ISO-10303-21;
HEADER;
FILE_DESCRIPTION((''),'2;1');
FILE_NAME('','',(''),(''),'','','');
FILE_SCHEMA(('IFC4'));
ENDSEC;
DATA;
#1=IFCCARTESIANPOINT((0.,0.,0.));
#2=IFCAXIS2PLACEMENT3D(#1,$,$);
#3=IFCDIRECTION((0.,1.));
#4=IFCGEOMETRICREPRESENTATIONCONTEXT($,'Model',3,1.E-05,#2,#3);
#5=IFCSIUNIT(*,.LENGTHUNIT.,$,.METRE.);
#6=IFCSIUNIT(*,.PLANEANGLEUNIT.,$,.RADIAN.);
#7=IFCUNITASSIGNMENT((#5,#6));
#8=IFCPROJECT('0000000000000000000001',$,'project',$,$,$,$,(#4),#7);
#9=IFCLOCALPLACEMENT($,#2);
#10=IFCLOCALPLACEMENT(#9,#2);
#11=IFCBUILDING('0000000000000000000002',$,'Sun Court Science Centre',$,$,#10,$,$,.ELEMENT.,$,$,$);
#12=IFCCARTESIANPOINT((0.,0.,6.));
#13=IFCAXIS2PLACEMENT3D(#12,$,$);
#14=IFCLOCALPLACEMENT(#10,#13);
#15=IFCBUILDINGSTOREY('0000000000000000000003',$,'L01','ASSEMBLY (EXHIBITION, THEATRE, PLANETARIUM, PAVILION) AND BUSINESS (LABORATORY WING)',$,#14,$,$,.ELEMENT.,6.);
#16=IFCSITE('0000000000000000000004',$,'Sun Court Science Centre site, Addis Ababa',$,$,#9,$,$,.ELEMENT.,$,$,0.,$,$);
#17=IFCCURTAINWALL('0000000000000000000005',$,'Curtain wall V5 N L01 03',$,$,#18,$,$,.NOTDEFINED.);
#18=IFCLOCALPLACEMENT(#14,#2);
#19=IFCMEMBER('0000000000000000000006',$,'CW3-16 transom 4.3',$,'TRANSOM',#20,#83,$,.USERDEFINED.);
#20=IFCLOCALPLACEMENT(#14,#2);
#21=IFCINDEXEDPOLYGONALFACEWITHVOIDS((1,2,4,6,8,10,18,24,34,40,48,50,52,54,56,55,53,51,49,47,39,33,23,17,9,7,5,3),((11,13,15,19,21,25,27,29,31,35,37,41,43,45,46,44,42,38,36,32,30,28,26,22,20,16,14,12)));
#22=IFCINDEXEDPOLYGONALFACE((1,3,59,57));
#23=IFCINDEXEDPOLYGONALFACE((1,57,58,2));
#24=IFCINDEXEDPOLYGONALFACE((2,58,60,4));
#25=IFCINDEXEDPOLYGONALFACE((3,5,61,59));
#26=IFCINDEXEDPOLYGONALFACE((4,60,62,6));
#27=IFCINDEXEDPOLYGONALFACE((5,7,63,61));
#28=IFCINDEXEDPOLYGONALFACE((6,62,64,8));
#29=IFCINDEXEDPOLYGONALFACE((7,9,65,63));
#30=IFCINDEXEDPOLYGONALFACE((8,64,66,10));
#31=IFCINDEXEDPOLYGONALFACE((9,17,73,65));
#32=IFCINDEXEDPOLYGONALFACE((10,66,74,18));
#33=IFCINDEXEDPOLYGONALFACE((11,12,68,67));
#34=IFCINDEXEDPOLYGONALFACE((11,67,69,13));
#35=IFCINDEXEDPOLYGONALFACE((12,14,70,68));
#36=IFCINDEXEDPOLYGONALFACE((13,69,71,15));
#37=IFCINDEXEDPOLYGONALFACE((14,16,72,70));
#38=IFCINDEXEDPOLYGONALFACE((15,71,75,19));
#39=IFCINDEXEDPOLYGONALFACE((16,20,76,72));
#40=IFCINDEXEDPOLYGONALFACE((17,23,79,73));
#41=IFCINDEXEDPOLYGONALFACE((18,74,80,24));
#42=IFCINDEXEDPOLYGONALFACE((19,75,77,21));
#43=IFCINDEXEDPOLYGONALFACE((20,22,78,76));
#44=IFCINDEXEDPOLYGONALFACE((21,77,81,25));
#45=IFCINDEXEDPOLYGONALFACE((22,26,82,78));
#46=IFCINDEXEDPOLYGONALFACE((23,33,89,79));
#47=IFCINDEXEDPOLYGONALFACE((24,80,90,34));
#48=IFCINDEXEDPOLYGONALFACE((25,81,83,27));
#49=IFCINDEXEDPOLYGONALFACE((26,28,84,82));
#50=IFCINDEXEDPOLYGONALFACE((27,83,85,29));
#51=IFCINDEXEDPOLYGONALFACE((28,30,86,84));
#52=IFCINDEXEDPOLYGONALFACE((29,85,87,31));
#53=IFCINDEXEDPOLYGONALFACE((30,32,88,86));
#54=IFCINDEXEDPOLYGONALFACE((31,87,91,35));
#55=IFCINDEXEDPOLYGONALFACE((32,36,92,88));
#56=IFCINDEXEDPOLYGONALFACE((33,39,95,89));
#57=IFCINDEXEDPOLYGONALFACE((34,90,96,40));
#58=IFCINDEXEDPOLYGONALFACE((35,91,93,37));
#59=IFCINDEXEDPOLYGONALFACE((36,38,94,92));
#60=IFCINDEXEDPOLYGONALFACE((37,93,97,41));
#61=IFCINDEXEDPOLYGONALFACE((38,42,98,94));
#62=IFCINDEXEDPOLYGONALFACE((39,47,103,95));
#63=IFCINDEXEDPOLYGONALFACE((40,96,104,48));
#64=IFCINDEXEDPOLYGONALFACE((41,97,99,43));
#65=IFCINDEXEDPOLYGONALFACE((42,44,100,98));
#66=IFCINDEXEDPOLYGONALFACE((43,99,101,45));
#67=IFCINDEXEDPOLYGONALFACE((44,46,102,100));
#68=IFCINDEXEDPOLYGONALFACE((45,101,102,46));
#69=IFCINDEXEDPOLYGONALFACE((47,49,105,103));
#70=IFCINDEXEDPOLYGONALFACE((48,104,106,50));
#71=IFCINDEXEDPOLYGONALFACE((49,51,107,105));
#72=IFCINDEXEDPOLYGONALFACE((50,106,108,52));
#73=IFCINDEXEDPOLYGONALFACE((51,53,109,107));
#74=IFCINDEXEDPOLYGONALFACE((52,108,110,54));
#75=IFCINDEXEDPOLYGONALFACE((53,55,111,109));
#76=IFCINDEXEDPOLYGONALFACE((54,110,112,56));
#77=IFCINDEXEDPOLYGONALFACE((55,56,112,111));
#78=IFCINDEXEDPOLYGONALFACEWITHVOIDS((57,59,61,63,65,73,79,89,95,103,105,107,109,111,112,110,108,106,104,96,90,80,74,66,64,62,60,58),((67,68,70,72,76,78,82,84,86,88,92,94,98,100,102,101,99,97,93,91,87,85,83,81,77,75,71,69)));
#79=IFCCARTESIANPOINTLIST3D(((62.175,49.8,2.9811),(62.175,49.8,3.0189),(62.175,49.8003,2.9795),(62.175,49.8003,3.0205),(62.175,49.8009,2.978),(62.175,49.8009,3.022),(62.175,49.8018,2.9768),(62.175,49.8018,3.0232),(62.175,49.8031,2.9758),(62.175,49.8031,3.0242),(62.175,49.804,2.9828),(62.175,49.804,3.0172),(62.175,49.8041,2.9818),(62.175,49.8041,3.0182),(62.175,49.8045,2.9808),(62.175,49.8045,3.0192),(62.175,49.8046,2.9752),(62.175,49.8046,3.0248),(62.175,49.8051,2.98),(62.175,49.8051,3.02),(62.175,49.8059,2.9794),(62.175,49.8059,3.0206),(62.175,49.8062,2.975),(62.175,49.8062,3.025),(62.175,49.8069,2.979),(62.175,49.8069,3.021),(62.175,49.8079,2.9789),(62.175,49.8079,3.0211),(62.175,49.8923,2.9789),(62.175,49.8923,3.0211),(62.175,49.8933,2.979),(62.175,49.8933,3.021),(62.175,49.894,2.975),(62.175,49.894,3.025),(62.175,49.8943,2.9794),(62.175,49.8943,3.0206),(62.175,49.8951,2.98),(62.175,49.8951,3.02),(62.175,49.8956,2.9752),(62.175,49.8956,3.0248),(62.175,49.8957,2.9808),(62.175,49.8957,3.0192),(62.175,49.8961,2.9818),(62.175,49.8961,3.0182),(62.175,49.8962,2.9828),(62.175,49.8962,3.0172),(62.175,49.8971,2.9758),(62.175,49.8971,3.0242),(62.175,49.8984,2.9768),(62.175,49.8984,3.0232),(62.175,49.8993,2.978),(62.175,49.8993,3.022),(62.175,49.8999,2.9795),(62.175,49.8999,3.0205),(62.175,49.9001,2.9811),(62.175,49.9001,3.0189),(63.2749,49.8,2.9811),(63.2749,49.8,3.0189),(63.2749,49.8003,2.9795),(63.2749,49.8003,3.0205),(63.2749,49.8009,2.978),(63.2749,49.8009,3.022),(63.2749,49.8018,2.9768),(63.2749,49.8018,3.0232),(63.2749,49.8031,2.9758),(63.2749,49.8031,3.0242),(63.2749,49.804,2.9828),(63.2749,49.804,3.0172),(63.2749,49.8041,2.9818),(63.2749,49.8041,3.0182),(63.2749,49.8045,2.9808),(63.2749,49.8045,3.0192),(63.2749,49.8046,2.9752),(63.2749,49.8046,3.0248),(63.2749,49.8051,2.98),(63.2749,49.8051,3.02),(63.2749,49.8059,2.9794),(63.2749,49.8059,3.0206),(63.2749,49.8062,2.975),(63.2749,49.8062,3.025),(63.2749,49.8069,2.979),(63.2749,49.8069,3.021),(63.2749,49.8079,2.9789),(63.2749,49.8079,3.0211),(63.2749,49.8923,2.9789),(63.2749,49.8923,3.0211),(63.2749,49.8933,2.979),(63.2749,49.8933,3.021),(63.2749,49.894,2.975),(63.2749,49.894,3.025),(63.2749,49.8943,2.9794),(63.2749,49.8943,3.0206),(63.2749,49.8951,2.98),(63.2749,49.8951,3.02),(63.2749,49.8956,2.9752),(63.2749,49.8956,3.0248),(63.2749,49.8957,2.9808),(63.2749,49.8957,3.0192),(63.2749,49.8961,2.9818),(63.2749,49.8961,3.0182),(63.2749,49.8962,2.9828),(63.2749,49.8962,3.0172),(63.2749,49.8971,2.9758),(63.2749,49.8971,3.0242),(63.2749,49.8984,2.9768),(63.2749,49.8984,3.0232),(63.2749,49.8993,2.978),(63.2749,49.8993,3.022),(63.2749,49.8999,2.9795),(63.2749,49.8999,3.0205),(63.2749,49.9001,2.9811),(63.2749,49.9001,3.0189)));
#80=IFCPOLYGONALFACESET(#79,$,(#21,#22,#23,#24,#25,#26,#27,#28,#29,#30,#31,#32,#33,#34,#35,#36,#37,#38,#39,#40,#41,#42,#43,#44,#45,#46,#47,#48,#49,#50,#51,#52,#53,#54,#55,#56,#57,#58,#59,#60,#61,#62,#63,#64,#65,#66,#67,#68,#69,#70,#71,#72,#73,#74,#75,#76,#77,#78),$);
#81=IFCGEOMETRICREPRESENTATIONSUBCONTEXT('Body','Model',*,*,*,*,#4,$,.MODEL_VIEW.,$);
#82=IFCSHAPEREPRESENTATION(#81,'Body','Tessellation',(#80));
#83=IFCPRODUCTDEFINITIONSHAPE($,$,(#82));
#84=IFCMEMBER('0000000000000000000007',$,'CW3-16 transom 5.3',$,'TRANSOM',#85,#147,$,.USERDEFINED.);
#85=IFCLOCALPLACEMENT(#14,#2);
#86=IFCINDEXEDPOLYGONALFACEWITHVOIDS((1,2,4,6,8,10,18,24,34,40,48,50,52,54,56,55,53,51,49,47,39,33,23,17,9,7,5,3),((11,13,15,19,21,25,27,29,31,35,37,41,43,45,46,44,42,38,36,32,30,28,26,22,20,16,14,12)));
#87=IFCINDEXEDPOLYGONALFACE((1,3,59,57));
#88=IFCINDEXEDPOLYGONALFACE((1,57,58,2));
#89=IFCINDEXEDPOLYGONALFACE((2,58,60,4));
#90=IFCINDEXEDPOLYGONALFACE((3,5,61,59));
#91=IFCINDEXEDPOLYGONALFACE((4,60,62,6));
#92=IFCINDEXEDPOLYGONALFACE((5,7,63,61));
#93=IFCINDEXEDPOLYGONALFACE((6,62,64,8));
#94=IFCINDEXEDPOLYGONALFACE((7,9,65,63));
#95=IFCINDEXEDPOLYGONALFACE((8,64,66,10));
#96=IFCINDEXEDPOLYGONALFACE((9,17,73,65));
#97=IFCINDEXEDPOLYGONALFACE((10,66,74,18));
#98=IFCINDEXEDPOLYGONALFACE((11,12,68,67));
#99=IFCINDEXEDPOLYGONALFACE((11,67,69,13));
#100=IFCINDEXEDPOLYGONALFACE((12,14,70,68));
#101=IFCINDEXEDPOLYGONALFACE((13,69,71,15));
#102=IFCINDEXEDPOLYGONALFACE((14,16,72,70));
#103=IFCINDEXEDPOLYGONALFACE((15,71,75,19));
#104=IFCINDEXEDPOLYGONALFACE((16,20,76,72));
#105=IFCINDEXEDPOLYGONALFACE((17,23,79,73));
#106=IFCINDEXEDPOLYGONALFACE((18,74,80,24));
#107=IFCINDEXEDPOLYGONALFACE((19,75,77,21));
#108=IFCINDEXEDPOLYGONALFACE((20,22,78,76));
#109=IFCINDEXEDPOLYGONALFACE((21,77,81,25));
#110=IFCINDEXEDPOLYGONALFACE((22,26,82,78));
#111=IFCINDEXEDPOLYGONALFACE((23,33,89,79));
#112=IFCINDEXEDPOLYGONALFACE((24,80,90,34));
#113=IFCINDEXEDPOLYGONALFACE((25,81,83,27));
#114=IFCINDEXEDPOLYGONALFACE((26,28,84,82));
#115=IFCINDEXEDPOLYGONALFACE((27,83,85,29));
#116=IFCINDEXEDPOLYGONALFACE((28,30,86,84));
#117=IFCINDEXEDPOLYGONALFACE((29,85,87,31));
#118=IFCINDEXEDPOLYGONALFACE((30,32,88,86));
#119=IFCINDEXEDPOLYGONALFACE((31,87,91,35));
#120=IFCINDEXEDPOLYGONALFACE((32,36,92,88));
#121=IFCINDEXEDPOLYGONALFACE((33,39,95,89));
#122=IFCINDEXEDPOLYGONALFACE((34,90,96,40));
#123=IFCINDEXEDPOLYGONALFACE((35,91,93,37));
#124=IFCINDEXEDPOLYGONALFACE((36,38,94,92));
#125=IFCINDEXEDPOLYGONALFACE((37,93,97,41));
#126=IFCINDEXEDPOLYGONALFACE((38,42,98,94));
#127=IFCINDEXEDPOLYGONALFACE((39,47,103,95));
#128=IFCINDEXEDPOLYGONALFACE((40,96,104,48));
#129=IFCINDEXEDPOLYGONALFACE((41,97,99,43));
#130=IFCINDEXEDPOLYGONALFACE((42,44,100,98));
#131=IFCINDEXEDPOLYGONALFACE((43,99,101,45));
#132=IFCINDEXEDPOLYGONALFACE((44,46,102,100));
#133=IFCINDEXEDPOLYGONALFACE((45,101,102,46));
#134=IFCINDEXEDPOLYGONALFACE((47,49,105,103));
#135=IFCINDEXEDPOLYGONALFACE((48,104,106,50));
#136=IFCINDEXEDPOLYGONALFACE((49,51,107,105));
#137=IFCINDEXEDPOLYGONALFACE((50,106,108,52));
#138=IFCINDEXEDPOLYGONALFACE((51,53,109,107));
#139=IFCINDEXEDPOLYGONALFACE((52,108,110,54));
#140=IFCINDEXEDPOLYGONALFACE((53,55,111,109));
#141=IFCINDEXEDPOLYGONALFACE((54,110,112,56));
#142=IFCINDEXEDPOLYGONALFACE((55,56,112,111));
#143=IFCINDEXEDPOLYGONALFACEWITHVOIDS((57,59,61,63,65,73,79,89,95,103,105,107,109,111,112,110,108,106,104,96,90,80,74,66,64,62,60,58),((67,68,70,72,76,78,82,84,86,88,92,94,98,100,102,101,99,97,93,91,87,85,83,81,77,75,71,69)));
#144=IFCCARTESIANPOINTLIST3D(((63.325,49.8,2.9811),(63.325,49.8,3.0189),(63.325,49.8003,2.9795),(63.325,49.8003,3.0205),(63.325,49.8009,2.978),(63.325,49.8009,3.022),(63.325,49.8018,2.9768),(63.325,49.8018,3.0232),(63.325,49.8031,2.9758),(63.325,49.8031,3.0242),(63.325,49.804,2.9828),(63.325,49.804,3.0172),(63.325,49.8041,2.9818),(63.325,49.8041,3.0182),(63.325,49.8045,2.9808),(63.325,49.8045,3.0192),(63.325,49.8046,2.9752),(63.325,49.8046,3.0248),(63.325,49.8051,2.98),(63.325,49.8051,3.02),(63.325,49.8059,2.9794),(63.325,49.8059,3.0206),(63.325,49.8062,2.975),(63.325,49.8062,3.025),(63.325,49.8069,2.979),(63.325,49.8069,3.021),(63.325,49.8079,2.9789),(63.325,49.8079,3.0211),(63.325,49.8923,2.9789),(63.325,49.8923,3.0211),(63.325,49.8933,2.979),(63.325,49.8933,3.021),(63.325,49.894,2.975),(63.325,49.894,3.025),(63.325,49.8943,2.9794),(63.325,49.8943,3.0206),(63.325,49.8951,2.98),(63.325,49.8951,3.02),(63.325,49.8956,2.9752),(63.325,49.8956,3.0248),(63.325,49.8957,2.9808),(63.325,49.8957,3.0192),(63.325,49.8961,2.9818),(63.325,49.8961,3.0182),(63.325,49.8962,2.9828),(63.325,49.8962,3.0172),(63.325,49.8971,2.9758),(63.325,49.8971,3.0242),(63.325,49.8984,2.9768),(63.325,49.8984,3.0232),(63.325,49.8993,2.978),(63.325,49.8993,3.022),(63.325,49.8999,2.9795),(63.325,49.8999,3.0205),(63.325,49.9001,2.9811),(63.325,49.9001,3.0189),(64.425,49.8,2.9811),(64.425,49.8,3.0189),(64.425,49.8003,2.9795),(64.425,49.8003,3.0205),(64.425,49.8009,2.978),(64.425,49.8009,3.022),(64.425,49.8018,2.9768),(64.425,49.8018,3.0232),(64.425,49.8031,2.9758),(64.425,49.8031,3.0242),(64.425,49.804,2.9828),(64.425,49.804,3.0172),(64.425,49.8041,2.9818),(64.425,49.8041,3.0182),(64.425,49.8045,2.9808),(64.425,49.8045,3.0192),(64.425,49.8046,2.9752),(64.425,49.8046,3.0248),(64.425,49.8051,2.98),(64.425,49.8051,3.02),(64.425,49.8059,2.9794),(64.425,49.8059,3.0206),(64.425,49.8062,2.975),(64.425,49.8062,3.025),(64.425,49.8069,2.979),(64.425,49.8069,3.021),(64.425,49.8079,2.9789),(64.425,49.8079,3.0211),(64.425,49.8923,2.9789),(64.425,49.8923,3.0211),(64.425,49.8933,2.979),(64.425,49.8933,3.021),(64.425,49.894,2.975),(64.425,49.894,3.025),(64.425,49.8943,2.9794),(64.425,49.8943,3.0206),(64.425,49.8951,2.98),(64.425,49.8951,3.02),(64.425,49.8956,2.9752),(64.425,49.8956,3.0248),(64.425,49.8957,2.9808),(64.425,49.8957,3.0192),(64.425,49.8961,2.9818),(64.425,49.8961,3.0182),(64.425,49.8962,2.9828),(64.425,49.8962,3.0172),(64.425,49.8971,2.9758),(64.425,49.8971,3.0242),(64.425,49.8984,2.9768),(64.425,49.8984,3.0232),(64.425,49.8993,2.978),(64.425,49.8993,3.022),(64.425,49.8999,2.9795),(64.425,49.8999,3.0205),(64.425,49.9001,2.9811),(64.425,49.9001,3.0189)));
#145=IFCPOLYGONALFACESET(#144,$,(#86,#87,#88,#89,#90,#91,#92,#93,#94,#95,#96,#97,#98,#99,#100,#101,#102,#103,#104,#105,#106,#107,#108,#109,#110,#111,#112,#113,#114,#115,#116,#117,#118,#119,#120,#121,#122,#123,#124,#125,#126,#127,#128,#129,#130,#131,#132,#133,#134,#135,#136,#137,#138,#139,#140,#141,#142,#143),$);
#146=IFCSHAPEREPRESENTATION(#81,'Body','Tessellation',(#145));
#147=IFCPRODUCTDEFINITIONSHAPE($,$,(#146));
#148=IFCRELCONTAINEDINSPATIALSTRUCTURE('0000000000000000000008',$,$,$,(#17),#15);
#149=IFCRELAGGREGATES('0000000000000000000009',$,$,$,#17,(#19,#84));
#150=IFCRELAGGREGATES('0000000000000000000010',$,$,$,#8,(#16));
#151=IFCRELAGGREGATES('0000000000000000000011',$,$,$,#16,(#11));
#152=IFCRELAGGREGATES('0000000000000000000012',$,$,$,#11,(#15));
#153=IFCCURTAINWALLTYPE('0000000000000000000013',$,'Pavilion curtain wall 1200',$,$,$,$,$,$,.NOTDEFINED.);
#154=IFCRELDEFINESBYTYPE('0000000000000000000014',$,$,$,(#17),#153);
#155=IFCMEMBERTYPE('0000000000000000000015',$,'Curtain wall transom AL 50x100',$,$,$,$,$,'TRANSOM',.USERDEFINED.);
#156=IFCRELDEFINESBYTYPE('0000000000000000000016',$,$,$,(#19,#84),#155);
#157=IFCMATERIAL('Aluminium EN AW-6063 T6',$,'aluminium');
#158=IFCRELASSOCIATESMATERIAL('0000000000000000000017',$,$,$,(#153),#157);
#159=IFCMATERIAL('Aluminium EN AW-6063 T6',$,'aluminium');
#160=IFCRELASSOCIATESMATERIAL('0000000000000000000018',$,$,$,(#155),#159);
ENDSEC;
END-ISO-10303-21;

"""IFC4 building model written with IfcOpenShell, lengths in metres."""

from ifc_helpers import new_model, si_unit, direction, frame, origin, origin_2d, place, context, subcontext, project, spatial, hollow_rectangle, extrude, material, material_profile, profile_set, type_object, element, aggregate, save


model = new_model("IFC4")

# Units and contexts
model_context = context("Model", 3, precision=1e-05, world=origin(), true_north=direction((0.0, 1.0)))
body_context = subcontext(model_context, "Body", "Model", "MODEL_VIEW")
ifc_project = project(units=[si_unit("LENGTHUNIT", "METRE"), si_unit("PLANEANGLEUNIT", "RADIAN")], contexts=[model_context])

# Site, building, storey
site_placement = place(None, origin())
site = spatial("IfcSite", under=ifc_project, at=site_placement, Name="Sun Court Science Centre site, Addis Ababa", CompositionType="ELEMENT", RefElevation=0.0)
building_placement = place(site_placement, origin())
building = spatial("IfcBuilding", under=site, at=building_placement, Name="Sun Court Science Centre", CompositionType="ELEMENT")
storey_placement = place(building_placement, frame((0.0, 0.0, 6.0)))
storey = spatial("IfcBuildingStorey", under=building, at=storey_placement, Name="L01", Description="ASSEMBLY (EXHIBITION, THEATRE, PLANETARIUM, PAVILION) AND BUSINESS (LABORATORY WING)", CompositionType="ELEMENT", Elevation=6.0)

# Curtain wall, members
ifc_material_1 = material(Name="Aluminium EN AW-6063 T6", Category="aluminium")
curtain_wall_type = type_object("IfcCurtainWallType", Name="Pavilion curtain wall 1200", PredefinedType="NOTDEFINED", material=ifc_material_1)
curtain_wall_placement = place(storey_placement, origin())
curtain_wall = element("IfcCurtainWall", 1, at=curtain_wall_placement, inside=storey, type_object=curtain_wall_type, Name="Curtain wall V5 N L01 03", PredefinedType="NOTDEFINED")
ifc_material_2 = material(Name="Aluminium EN AW-6063 T6", Category="aluminium")
ifc_material_profile_1 = material_profile(ifc_material_2, hollow_rectangle(XDim=0.05, YDim=0.1001, WallThickness=0.0039, InnerFilletRadius=0.0039, OuterFilletRadius=0.0061, at=origin_2d()), Name="AL 50x100x4")
ifc_profile_set_1 = profile_set([ifc_material_profile_1], Name="Aluminium EN AW-6063 T6")
member_type_1 = type_object("IfcMemberType", Name="Curtain wall transom AL 50x100", ElementType="TRANSOM", PredefinedType="USERDEFINED", material=ifc_profile_set_1)
member_1_placement = place(storey_placement, frame((62.175, 49.8501, 3.0), z_axis=(1.0, 0.0, 0.0), x_axis=(0.0, 0.0, 1.0)))
member_1 = element("IfcMember", 2, at=member_1_placement, type_object=member_type_1, Name="CW3-16 transom 4.3", ObjectType="TRANSOM", PredefinedType="USERDEFINED", context=body_context, shape_type="SweptSolid", body=[
    extrude(hollow_rectangle(XDim=0.05, YDim=0.1001, WallThickness=0.0039, InnerFilletRadius=0.0039, OuterFilletRadius=0.0061, at=origin_2d()), origin(), (0.0, 0.0, 1.0), 1.0999),
])
member_2_placement = place(storey_placement, frame((63.325, 49.8501, 3.0), z_axis=(1.0, 0.0, 0.0), x_axis=(0.0, 0.0, 1.0)))
member_2 = element("IfcMember", 3, at=member_2_placement, type_object=member_type_1, Name="CW3-16 transom 5.3", ObjectType="TRANSOM", PredefinedType="USERDEFINED", context=body_context, shape_type="SweptSolid", body=[
    extrude(hollow_rectangle(XDim=0.05, YDim=0.1001, WallThickness=0.0039, InnerFilletRadius=0.0039, OuterFilletRadius=0.0061, at=origin_2d()), origin(), (0.0, 0.0, 1.0), 1.1001),
])
aggregate(curtain_wall, [member_1, member_2])

save(model, "model.ifc")
